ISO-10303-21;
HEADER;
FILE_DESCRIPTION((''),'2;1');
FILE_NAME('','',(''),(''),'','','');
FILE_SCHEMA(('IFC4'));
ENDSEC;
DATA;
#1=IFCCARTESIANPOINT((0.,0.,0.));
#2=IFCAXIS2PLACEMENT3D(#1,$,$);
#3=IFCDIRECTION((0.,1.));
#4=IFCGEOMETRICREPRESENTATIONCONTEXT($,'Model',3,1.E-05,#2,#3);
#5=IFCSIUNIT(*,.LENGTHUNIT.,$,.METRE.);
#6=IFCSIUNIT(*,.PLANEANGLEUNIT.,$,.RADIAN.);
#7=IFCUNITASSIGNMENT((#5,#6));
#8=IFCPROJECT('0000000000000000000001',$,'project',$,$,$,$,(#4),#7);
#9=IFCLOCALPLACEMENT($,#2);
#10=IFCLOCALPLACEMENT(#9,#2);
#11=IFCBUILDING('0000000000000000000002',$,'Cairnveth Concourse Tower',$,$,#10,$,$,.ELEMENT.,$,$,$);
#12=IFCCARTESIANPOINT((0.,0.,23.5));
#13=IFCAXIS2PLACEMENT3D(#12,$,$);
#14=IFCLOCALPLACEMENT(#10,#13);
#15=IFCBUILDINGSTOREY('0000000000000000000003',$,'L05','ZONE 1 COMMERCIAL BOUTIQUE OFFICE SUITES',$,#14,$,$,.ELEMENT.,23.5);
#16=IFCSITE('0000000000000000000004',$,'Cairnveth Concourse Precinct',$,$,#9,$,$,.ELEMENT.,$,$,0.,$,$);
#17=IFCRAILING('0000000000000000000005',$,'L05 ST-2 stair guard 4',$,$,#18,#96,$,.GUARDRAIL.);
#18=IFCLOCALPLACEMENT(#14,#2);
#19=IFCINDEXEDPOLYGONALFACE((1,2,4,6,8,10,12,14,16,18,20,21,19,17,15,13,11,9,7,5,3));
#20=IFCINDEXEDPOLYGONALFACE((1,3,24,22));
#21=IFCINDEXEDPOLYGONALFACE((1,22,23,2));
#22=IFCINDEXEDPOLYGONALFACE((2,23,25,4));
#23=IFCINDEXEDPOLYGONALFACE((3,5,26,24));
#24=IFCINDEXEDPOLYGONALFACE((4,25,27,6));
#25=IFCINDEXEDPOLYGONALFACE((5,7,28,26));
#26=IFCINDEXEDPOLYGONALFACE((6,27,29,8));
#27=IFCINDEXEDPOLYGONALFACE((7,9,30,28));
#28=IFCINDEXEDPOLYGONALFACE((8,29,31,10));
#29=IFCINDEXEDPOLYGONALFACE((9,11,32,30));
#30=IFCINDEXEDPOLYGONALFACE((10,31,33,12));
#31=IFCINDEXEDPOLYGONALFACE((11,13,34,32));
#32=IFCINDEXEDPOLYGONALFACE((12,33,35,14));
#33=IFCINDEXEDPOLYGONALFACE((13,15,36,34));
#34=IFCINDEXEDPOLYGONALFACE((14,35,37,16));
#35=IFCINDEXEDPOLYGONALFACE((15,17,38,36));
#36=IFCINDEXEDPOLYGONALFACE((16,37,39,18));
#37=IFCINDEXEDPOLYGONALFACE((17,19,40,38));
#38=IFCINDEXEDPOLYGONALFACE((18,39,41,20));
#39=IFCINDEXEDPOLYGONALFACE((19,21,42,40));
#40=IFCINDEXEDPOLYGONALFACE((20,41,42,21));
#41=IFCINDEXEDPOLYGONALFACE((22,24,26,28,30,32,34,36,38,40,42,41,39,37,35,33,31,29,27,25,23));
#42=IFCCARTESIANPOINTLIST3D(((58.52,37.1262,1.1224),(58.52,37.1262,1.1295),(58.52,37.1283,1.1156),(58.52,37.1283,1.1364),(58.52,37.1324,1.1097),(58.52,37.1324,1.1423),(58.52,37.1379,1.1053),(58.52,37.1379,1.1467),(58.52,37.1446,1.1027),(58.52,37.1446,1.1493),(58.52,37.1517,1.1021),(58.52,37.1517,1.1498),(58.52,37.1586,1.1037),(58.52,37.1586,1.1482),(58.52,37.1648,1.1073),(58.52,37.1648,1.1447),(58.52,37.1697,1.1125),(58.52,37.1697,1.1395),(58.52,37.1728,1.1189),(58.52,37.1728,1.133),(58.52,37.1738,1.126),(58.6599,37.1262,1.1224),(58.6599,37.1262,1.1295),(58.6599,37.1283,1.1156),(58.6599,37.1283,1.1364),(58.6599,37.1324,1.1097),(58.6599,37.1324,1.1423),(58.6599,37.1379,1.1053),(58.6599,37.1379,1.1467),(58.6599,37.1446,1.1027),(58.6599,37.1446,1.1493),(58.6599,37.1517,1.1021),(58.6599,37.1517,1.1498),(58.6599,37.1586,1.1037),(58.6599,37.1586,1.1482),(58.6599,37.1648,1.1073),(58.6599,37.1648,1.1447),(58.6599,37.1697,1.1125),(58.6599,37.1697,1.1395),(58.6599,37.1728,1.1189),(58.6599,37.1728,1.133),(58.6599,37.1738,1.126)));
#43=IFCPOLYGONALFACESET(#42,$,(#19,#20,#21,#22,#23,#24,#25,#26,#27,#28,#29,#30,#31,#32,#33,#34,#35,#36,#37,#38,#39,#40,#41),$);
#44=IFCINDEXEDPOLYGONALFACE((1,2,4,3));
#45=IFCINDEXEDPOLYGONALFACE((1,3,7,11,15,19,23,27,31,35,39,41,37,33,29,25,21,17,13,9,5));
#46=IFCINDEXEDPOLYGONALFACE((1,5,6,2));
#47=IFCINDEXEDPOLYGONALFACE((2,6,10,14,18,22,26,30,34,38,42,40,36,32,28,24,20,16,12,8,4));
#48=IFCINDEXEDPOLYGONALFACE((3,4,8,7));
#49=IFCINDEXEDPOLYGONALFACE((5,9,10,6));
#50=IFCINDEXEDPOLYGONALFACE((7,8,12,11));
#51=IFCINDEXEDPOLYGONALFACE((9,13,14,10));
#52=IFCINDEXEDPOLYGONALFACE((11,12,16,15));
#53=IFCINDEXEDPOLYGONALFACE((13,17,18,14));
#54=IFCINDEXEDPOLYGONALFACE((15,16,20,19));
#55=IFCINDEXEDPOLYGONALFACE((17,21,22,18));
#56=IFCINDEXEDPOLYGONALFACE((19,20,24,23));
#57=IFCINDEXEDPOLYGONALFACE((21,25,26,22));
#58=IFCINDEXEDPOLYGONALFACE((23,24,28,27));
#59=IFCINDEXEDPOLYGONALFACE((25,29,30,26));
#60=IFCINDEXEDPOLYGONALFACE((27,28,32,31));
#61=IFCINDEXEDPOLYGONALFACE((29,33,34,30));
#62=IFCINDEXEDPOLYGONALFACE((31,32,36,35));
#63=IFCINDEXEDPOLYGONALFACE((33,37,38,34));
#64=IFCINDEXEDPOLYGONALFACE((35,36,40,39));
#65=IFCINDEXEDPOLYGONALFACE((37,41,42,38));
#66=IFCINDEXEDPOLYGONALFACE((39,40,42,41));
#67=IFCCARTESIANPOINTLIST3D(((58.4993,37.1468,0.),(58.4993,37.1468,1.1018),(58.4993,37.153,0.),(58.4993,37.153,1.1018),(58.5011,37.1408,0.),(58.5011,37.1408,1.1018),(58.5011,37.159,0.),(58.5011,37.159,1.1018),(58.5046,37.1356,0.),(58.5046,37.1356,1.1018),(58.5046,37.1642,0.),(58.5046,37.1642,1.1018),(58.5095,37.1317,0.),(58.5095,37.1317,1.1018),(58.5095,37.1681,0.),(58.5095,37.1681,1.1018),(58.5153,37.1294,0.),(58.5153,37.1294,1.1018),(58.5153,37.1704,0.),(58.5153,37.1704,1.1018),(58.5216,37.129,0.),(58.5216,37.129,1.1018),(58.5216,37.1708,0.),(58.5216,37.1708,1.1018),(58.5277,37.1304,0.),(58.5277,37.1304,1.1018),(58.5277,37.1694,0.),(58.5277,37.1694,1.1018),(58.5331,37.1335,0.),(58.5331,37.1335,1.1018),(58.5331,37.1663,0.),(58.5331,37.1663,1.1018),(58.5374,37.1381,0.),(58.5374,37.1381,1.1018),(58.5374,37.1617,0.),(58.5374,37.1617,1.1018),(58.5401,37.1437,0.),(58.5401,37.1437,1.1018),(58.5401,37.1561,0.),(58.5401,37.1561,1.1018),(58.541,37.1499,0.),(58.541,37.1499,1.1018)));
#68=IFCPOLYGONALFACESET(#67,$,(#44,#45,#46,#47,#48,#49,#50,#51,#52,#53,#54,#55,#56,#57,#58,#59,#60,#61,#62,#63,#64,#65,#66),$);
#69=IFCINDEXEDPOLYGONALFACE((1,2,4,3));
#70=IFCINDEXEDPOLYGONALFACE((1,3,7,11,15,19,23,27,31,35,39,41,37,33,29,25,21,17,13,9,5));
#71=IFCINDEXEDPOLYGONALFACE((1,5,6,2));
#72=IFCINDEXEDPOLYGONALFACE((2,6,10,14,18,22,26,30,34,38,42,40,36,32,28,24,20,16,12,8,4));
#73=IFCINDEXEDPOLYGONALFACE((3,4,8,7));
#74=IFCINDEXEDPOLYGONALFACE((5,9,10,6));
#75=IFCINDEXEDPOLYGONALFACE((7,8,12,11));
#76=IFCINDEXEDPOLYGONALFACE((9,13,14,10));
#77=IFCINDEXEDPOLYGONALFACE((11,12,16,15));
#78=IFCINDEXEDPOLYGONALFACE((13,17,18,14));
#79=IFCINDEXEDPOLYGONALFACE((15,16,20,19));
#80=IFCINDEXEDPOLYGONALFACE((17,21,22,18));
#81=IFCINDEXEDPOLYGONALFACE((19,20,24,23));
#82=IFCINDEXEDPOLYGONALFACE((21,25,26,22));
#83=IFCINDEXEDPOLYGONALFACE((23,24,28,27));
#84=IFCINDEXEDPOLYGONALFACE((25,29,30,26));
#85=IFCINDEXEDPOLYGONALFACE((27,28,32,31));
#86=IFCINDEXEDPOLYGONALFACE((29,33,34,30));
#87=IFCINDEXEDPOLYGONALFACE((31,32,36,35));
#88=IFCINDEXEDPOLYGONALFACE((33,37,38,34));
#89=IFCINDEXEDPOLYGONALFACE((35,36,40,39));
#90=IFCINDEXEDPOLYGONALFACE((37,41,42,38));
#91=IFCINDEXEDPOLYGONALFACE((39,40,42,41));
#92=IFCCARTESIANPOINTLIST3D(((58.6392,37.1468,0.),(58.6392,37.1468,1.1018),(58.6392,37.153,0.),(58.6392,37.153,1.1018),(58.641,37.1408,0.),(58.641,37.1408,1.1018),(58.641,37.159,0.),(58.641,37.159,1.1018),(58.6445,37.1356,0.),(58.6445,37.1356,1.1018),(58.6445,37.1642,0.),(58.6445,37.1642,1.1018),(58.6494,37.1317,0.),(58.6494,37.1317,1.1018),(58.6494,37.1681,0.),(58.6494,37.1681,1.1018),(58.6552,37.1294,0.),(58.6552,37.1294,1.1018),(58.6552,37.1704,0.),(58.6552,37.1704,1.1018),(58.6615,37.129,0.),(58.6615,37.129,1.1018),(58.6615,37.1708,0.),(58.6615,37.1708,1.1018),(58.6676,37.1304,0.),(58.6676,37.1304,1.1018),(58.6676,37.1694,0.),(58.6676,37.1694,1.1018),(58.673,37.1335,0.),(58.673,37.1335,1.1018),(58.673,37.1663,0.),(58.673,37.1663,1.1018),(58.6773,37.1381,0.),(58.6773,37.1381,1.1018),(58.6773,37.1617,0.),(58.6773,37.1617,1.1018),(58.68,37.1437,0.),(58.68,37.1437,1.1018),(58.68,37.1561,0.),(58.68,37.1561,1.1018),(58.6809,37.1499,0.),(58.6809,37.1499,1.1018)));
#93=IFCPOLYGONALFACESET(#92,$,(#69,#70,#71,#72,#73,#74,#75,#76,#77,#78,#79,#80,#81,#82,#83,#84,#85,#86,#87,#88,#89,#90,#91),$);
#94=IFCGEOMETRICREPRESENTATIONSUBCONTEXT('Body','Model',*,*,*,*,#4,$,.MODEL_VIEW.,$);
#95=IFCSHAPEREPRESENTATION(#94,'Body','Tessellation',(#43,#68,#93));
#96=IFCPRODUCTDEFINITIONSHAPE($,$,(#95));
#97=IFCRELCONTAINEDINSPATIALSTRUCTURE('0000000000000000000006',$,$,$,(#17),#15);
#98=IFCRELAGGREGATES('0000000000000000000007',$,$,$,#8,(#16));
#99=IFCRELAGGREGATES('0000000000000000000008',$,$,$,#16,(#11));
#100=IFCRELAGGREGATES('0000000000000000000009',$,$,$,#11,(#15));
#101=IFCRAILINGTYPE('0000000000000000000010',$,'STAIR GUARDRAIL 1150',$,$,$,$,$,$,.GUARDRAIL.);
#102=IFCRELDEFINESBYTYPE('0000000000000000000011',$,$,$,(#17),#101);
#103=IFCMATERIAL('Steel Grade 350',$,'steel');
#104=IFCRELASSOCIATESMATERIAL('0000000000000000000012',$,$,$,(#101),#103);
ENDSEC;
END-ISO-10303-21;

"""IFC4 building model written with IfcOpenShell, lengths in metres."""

from ifc_helpers import new_model, si_unit, direction, frame, origin, origin_2d, place, context, subcontext, project, spatial, circle, extrude, material, type_object, element, save


model = new_model("IFC4")

# Units and contexts
model_context = context("Model", 3, precision=1e-05, world=origin(), true_north=direction((0.0, 1.0)))
body_context = subcontext(model_context, "Body", "Model", "MODEL_VIEW")
ifc_project = project(units=[si_unit("LENGTHUNIT", "METRE"), si_unit("PLANEANGLEUNIT", "RADIAN")], contexts=[model_context])

# Site, building, storey
site_placement = place(None, origin())
site = spatial("IfcSite", under=ifc_project, at=site_placement, Name="Cairnveth Concourse Precinct", CompositionType="ELEMENT", RefElevation=0.0)
building_placement = place(site_placement, origin())
building = spatial("IfcBuilding", under=site, at=building_placement, Name="Cairnveth Concourse Tower", CompositionType="ELEMENT")
storey_placement = place(building_placement, frame((0.0, 0.0, 23.5)))
storey = spatial("IfcBuildingStorey", under=building, at=storey_placement, Name="L05", Description="ZONE 1 COMMERCIAL BOUTIQUE OFFICE SUITES", CompositionType="ELEMENT", Elevation=23.5)

# Shared definitions
ifc_material_1 = material(Name="Steel Grade 350", Category="steel")

# Railing
railing_type_1 = type_object("IfcRailingType", Name="STAIR GUARDRAIL 1150", PredefinedType="GUARDRAIL", material=ifc_material_1)
railing_1_placement = place(storey_placement, frame((58.52, 37.1499, 0.0)))
element("IfcRailing", 1, at=railing_1_placement, inside=storey, type_object=railing_type_1, Name="L05 ST-2 stair guard 4", PredefinedType="GUARDRAIL", context=body_context, shape_type="SweptSolid", body=[
    extrude(circle(Radius=0.0239, at=origin_2d()), frame((0.0, 0.0, 1.126), z_axis=(1.0, 0.0, 0.0), x_axis=(0.0, 1.0, 0.0)), (0.0, 0.0, 1.0), 0.1399),
    extrude(circle(Radius=0.021, at=origin_2d()), origin(), (0.0, 0.0, 1.0), 1.1018),
    extrude(circle(Radius=0.021, at=origin_2d()), frame((0.1399, 0.0, 0.0)), (0.0, 0.0, 1.0), 1.1018),
])

save(model, "model.ifc")
